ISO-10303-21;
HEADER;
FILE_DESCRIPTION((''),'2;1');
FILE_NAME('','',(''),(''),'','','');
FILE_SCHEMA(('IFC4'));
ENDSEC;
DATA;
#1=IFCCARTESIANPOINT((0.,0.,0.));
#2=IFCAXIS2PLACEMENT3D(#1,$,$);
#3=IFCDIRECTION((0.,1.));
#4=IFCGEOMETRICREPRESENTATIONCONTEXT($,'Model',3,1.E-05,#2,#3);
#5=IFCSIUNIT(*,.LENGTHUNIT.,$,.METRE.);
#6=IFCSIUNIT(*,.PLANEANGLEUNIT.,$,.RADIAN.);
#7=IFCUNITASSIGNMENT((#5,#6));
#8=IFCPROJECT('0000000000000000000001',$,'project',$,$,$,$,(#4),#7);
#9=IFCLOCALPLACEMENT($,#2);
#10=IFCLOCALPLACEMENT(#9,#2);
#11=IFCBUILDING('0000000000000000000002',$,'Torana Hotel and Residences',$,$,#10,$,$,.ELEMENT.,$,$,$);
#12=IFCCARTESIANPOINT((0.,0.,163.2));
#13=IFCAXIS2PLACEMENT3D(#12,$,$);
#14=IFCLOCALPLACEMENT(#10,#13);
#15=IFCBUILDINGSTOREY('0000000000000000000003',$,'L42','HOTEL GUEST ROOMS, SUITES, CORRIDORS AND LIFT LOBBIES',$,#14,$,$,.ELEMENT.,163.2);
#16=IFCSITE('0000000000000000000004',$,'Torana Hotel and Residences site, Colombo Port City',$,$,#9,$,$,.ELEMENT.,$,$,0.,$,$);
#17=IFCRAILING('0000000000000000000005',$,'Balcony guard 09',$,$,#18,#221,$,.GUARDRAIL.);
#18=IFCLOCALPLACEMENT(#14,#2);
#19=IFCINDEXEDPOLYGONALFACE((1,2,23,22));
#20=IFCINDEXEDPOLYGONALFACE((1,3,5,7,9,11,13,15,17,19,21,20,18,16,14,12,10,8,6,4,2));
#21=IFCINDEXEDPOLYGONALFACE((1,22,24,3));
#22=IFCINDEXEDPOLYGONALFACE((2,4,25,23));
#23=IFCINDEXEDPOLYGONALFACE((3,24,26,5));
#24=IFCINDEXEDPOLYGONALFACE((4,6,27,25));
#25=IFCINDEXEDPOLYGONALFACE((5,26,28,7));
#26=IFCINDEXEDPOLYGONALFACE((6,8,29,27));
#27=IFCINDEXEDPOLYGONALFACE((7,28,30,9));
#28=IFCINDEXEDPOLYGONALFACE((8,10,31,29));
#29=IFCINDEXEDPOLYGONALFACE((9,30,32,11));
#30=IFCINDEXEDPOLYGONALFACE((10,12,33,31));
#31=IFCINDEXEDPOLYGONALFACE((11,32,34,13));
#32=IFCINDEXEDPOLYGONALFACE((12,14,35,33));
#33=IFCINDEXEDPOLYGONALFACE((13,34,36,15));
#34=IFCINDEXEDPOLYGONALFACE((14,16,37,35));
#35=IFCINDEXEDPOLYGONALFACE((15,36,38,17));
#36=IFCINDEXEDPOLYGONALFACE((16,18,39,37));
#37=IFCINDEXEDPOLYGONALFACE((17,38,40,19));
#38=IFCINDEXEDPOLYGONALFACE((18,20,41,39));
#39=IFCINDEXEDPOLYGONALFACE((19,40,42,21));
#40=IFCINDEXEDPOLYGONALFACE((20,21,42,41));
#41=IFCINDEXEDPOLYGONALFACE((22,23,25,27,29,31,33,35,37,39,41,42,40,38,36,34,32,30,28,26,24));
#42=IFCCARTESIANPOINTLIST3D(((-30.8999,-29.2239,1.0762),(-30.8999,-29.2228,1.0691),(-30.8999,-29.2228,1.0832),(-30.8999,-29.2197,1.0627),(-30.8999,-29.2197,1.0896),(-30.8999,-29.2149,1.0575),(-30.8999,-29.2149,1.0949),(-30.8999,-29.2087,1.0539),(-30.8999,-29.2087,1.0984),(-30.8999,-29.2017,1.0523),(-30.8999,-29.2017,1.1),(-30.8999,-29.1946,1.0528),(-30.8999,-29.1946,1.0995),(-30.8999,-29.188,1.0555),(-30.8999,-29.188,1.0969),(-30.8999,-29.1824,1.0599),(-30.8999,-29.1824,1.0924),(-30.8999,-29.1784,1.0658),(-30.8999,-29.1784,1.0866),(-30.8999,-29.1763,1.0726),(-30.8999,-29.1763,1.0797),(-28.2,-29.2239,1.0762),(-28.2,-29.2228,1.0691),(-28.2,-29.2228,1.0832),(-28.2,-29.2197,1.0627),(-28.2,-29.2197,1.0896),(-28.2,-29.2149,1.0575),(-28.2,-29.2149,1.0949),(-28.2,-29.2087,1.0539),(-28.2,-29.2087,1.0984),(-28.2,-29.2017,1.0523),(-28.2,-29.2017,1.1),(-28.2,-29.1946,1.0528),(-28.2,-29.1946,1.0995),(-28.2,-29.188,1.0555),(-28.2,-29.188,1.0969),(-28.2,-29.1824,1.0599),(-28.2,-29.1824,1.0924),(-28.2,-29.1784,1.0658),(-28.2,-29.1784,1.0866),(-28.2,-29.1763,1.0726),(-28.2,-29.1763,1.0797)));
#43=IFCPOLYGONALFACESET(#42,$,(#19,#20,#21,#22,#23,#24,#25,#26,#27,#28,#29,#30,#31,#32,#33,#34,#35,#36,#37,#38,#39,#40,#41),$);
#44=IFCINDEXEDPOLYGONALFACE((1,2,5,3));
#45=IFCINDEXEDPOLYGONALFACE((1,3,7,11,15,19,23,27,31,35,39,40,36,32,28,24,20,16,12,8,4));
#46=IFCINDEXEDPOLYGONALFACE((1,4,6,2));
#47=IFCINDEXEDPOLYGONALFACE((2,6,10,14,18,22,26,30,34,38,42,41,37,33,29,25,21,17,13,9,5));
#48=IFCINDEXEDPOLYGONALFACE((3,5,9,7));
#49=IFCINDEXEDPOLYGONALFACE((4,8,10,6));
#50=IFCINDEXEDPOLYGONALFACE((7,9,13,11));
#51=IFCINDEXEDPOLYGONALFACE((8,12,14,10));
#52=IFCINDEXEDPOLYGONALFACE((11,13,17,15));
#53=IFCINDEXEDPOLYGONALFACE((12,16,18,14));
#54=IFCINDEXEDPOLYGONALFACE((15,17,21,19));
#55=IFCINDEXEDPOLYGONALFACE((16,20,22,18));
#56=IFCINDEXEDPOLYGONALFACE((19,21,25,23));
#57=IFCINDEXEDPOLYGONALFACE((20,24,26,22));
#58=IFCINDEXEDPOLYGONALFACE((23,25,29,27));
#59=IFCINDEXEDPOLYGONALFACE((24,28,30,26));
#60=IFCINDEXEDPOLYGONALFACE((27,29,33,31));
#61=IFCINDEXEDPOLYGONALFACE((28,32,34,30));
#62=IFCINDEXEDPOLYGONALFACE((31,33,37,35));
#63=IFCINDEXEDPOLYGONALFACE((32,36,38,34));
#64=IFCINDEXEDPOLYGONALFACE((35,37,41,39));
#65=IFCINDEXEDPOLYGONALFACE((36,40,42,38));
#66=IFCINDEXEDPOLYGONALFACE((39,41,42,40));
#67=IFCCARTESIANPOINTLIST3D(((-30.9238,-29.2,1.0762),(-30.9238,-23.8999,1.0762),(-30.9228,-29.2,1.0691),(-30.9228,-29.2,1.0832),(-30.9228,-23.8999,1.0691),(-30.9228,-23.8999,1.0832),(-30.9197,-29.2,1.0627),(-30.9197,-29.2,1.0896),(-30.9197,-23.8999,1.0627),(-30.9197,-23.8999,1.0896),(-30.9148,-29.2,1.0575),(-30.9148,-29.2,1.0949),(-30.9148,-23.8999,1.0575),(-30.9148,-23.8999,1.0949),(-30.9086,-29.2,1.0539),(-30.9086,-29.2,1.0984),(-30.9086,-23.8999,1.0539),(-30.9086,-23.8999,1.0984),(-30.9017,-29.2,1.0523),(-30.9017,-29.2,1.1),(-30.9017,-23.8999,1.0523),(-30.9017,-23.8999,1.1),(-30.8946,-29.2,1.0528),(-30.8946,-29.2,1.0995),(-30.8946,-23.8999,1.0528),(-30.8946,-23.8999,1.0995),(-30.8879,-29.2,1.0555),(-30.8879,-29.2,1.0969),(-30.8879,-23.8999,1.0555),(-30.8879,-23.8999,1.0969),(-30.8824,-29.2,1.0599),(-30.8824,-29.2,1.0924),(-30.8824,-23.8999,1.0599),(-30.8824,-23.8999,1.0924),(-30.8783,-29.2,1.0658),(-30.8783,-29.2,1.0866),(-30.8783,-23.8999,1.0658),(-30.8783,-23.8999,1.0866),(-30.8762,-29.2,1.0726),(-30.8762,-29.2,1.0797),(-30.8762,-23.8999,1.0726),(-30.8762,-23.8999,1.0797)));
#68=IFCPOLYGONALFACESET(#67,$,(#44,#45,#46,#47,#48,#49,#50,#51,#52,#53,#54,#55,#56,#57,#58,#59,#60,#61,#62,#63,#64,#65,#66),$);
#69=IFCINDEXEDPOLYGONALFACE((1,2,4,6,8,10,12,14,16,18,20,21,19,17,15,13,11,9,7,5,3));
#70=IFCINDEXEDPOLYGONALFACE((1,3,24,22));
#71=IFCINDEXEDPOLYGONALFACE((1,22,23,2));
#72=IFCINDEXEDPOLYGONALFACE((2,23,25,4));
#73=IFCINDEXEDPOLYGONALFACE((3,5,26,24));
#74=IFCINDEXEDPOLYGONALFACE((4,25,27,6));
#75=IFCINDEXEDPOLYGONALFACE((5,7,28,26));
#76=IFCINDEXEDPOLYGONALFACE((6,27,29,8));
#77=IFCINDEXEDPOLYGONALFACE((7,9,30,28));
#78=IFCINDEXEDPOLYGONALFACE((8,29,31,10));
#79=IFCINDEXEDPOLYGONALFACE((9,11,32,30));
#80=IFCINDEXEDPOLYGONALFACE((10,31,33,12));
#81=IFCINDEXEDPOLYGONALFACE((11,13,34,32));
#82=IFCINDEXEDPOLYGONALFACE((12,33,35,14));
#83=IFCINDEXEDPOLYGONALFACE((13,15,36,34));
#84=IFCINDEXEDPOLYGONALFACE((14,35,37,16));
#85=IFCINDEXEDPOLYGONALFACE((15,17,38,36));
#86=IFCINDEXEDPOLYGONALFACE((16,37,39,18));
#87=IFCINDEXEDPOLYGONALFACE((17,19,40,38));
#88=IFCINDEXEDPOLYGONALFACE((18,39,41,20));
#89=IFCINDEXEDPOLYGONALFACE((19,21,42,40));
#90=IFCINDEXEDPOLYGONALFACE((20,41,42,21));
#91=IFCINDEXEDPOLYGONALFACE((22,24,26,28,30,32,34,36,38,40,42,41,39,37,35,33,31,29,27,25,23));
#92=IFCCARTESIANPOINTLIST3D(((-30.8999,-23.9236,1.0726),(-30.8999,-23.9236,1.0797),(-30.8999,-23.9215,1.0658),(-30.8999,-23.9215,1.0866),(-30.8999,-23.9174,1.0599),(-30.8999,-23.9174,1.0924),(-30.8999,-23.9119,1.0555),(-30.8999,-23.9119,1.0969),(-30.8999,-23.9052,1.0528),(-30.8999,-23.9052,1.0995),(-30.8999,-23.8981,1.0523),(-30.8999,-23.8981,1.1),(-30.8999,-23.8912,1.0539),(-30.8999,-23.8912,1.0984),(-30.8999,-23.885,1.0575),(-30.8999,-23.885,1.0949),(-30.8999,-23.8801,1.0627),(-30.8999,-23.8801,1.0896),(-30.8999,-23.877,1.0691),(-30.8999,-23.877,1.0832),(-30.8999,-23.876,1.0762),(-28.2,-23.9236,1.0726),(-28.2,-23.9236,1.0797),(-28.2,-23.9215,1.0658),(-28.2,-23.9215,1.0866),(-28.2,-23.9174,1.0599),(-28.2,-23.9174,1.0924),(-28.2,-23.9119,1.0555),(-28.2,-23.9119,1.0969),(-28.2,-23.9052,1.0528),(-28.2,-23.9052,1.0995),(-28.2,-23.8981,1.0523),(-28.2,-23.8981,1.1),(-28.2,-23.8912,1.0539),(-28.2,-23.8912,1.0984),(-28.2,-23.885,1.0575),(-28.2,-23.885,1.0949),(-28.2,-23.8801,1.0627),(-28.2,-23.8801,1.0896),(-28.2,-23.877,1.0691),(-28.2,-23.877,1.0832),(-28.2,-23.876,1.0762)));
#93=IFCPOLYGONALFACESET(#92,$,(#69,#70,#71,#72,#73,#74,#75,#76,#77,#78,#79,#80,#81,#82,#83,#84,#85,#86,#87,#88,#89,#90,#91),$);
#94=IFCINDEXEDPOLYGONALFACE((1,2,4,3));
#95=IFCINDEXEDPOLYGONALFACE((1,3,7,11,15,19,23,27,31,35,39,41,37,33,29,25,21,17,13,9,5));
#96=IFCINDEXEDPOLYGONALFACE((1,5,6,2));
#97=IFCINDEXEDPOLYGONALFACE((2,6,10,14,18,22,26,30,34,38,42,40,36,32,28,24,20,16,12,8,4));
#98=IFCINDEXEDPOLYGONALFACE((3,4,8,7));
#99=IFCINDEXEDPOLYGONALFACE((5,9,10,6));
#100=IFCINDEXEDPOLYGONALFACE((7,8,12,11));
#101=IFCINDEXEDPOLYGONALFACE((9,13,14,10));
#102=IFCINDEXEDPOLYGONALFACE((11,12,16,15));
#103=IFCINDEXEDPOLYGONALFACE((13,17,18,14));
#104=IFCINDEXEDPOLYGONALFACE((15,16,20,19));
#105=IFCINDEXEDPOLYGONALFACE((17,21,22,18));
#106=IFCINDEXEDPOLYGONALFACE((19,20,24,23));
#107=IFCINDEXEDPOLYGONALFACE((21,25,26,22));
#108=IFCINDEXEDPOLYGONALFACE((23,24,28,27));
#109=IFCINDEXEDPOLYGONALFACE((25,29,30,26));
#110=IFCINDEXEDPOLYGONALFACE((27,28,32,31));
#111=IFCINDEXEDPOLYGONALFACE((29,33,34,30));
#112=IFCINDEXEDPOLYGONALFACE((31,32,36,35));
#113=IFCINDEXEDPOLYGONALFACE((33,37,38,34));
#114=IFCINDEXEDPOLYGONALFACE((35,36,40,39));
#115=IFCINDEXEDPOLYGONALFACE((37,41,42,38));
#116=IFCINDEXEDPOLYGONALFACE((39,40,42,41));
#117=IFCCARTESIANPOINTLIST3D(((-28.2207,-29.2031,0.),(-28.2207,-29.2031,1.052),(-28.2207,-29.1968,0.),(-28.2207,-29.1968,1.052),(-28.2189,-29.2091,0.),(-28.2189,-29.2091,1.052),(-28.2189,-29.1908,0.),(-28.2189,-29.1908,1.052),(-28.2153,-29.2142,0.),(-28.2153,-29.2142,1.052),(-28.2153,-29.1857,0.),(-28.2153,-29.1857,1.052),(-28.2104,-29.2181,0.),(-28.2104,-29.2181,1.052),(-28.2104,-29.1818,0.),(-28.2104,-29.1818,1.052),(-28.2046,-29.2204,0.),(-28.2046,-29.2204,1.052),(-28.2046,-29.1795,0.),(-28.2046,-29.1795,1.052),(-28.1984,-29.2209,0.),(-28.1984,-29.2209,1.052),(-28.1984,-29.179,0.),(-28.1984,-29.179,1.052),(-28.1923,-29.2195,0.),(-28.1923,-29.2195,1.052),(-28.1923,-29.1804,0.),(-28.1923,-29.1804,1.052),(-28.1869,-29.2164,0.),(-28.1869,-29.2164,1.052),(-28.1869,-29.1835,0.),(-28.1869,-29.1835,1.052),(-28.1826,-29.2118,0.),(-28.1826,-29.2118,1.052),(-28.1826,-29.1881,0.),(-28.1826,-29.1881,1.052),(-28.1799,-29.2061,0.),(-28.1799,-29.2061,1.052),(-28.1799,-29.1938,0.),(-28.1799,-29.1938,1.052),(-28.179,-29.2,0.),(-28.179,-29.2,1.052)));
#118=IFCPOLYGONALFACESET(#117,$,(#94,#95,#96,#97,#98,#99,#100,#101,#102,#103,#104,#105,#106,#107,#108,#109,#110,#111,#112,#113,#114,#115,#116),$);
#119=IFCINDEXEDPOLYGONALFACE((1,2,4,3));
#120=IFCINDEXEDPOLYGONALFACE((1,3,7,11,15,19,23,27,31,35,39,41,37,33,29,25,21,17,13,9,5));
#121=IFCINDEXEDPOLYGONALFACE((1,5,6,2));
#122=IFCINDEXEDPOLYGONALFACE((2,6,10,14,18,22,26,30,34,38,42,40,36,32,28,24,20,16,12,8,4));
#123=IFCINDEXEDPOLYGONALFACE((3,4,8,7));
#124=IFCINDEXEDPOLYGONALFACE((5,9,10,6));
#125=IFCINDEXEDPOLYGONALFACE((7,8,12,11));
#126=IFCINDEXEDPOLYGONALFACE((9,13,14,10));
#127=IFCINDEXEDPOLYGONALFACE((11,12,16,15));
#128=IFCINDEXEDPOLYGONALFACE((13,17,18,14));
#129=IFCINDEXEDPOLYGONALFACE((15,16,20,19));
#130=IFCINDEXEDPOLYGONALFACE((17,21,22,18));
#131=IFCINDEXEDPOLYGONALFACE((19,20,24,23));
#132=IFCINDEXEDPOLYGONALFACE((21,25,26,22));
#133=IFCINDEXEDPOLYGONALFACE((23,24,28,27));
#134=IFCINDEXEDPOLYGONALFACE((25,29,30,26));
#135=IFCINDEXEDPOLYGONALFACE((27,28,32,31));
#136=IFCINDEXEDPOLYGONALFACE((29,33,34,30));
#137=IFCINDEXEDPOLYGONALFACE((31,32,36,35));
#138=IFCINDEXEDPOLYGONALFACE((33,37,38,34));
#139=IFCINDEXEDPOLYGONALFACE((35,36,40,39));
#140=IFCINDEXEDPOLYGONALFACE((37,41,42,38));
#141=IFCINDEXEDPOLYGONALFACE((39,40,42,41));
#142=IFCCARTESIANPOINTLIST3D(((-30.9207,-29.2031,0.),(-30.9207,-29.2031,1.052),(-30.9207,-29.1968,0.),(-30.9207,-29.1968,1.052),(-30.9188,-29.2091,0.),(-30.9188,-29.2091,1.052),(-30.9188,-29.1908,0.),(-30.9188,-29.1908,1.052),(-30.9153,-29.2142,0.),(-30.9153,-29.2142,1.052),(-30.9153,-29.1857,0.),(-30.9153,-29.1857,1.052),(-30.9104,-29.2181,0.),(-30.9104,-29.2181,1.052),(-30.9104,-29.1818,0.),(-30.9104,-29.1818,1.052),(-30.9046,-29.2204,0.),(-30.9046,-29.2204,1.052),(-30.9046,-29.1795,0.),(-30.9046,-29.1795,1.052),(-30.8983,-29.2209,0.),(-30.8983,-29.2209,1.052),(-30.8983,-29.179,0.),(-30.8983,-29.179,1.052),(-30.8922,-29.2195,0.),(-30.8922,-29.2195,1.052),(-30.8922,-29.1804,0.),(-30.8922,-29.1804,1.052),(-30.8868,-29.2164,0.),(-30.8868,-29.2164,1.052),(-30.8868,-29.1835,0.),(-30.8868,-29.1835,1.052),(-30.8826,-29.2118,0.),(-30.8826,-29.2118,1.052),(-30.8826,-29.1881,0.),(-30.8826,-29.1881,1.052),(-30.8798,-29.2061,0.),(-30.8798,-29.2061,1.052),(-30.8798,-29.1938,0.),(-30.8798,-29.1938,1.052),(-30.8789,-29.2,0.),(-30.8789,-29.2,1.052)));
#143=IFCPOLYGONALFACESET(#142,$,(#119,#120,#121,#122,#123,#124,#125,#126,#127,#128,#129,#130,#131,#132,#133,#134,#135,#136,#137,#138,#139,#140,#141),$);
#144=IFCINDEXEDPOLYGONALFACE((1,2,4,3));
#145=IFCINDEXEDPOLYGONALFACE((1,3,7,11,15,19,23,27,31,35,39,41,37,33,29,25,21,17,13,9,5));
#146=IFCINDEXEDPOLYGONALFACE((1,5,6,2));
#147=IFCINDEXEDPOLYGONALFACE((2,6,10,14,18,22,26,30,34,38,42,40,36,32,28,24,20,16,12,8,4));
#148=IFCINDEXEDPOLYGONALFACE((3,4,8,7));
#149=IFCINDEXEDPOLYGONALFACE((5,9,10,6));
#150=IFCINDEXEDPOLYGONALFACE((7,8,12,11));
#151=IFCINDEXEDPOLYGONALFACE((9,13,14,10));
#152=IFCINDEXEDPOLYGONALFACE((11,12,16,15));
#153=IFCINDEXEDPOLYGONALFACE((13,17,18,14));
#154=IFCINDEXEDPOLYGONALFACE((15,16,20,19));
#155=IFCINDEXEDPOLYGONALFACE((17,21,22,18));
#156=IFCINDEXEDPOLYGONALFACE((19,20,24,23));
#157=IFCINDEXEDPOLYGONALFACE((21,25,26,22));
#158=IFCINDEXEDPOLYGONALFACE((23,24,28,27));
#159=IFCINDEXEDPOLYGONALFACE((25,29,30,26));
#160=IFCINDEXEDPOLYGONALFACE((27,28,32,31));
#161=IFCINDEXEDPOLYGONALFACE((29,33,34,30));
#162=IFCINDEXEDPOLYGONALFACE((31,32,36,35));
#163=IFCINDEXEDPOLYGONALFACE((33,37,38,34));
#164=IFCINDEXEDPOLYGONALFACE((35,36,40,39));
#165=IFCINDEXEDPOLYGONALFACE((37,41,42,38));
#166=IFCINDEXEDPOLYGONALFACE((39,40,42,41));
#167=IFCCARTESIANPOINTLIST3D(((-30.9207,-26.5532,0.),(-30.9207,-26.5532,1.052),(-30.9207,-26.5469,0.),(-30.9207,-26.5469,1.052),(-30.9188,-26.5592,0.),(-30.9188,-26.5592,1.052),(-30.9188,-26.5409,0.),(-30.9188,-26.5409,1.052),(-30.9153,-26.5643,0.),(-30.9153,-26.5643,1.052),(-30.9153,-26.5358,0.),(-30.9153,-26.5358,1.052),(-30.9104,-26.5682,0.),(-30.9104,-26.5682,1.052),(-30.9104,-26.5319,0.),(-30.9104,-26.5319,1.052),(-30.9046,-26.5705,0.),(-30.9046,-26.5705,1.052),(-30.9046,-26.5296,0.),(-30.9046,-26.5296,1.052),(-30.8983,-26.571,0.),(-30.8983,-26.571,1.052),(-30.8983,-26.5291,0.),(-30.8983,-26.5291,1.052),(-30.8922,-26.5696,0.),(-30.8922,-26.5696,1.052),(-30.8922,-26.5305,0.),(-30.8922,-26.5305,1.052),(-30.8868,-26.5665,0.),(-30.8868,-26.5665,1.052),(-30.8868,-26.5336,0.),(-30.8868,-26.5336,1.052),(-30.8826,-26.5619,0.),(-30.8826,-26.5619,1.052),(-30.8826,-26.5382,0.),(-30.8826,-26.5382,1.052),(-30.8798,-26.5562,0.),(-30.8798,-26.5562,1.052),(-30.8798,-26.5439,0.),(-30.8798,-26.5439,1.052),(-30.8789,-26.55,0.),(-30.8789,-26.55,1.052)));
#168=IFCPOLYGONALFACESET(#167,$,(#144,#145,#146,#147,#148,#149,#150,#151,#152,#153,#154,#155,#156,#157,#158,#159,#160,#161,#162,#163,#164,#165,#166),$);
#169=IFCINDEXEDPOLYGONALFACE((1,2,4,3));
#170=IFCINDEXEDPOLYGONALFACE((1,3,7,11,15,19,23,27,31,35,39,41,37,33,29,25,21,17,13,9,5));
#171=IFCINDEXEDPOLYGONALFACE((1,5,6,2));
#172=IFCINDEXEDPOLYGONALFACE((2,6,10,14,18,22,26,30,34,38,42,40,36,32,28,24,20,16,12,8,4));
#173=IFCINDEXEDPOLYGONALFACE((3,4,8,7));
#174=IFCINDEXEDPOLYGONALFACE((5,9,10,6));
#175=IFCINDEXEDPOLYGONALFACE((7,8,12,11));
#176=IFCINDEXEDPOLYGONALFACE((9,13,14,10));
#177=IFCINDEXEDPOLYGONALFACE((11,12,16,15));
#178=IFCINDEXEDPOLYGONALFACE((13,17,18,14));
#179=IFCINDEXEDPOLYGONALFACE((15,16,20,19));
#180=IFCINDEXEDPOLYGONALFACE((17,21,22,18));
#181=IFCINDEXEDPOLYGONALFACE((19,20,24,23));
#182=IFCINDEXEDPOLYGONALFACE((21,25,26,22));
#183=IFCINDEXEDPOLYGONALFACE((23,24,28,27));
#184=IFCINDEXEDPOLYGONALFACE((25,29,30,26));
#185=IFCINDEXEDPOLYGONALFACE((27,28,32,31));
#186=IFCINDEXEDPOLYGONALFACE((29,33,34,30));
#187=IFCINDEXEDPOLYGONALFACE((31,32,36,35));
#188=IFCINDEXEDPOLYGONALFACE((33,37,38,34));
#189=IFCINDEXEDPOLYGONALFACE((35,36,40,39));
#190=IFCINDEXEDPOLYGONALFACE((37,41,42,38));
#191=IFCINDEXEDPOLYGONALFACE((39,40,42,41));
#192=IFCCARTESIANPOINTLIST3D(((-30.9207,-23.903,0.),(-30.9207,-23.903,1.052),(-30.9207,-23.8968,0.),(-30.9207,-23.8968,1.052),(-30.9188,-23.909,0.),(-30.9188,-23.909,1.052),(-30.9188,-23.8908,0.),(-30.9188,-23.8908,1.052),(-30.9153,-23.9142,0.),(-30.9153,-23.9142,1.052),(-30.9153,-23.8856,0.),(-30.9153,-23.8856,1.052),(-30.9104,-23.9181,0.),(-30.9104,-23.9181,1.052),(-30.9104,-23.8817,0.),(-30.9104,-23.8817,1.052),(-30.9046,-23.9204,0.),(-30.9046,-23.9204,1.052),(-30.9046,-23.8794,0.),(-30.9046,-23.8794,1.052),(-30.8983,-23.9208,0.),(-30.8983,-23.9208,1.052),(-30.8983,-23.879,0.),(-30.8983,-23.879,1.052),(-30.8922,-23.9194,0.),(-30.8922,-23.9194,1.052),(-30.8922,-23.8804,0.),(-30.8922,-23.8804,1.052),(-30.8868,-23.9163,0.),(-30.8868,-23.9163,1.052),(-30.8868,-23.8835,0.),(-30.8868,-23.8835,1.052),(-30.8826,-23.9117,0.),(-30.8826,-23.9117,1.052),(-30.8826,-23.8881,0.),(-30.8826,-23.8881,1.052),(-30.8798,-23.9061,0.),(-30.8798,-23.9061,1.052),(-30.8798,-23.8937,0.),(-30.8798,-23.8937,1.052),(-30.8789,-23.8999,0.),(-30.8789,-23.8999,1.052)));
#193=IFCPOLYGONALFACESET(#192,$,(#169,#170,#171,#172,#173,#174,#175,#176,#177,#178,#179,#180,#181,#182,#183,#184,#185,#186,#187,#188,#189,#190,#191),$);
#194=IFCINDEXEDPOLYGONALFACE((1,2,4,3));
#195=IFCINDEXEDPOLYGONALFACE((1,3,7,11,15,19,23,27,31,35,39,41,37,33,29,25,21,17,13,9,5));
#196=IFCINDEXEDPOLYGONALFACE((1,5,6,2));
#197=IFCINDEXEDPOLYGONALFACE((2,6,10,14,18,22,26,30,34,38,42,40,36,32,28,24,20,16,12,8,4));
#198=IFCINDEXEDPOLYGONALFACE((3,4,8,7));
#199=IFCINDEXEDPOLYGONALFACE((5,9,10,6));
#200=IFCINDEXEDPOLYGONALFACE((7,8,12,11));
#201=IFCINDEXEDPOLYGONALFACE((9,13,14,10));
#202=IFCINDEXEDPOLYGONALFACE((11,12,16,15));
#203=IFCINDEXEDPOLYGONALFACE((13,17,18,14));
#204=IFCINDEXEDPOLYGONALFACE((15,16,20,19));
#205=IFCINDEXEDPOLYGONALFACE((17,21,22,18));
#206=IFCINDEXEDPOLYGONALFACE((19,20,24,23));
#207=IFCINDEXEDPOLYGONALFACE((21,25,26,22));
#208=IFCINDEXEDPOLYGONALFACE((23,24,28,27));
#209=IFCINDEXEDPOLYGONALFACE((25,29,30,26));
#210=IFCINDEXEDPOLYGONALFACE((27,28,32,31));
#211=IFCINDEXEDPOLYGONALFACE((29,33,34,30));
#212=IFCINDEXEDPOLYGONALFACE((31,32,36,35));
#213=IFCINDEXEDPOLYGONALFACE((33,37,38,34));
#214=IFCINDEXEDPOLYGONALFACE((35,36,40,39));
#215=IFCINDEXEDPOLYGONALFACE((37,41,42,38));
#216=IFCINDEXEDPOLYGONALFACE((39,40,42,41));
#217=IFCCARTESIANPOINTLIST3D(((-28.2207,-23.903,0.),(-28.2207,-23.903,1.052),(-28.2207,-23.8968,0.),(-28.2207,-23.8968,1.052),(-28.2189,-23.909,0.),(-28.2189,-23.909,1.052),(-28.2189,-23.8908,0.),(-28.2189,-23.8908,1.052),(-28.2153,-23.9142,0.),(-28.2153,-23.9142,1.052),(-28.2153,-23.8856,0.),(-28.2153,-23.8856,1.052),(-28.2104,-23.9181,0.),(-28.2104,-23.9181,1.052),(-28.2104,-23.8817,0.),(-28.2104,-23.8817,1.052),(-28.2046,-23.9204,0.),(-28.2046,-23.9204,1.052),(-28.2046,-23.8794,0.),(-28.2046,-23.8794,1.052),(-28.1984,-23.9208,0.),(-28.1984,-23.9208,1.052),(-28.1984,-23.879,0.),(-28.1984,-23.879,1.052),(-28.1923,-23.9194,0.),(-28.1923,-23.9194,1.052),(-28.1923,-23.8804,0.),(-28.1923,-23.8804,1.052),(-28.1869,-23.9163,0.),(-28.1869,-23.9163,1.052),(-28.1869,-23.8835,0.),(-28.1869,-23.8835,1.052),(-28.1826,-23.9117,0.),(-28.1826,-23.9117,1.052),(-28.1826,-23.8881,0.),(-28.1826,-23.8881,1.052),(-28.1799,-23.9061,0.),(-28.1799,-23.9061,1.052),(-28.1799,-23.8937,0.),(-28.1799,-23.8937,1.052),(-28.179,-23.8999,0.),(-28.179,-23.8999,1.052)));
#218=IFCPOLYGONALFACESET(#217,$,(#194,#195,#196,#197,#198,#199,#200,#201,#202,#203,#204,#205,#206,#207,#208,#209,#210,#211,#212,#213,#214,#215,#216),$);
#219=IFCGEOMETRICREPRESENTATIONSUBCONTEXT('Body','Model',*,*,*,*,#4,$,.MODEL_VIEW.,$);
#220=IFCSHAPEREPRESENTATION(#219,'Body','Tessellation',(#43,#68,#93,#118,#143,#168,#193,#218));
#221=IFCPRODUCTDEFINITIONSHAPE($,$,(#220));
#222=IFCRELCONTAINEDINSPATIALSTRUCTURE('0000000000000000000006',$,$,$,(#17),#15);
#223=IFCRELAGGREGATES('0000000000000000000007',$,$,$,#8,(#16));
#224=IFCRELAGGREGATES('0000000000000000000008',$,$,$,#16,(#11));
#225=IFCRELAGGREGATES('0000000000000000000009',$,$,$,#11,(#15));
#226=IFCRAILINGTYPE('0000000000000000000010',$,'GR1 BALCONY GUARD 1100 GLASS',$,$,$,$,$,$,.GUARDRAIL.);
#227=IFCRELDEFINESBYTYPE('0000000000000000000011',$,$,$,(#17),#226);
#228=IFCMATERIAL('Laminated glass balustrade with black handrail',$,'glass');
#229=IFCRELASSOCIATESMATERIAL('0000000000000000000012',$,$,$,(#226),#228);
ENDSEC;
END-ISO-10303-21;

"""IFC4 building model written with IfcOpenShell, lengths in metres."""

from ifc_helpers import new_model, si_unit, direction, frame, origin, origin_2d, place, context, subcontext, project, spatial, circle, extrude, material, type_object, element, save


model = new_model("IFC4")

# Units and contexts
model_context = context("Model", 3, precision=1e-05, world=origin(), true_north=direction((0.0, 1.0)))
body_context = subcontext(model_context, "Body", "Model", "MODEL_VIEW")
ifc_project = project(units=[si_unit("LENGTHUNIT", "METRE"), si_unit("PLANEANGLEUNIT", "RADIAN")], contexts=[model_context])

# Site, building, storey
site_placement = place(None, origin())
site = spatial("IfcSite", under=ifc_project, at=site_placement, Name="Torana Hotel and Residences site, Colombo Port City", CompositionType="ELEMENT", RefElevation=0.0)
building_placement = place(site_placement, origin())
building = spatial("IfcBuilding", under=site, at=building_placement, Name="Torana Hotel and Residences", CompositionType="ELEMENT")
storey_placement = place(building_placement, frame((0.0, 0.0, 163.2)))
storey = spatial("IfcBuildingStorey", under=building, at=storey_placement, Name="L42", Description="HOTEL GUEST ROOMS, SUITES, CORRIDORS AND LIFT LOBBIES", CompositionType="ELEMENT", Elevation=163.2)

# Railing
ifc_material_1 = material(Name="Laminated glass balustrade with black handrail", Category="glass")
railing_type = type_object("IfcRailingType", Name="GR1 BALCONY GUARD 1100 GLASS", PredefinedType="GUARDRAIL", material=ifc_material_1)
railing_placement = place(storey_placement, frame((-28.2, -29.2, 0.0)))
element("IfcRailing", 1, at=railing_placement, inside=storey, type_object=railing_type, Name="Balcony guard 09", PredefinedType="GUARDRAIL", context=body_context, shape_type="SweptSolid", body=[
    extrude(circle(Radius=0.0239, at=origin_2d()), frame((0.0, 0.0, 1.0762), z_axis=(-1.0, 0.0, 0.0), x_axis=(0.0, -1.0, 0.0)), (0.0, 0.0, 1.0), 2.7),
    extrude(circle(Radius=0.0239, at=origin_2d()), frame((-2.7, 0.0, 1.0762), z_axis=(0.0, 1.0, 0.0), x_axis=(-1.0, 0.0, 0.0)), (0.0, 0.0, 1.0), 5.3),
    extrude(circle(Radius=0.0239, at=origin_2d()), frame((-2.7, 5.3, 1.0762), z_axis=(1.0, 0.0, 0.0), x_axis=(0.0, 1.0, 0.0)), (0.0, 0.0, 1.0), 2.7),
    extrude(circle(Radius=0.021, at=origin_2d()), origin(), (0.0, 0.0, 1.0), 1.052),
    extrude(circle(Radius=0.021, at=origin_2d()), frame((-2.7, 0.0, 0.0)), (0.0, 0.0, 1.0), 1.052),
    extrude(circle(Radius=0.021, at=origin_2d()), frame((-2.7, 2.6499, 0.0)), (0.0, 0.0, 1.0), 1.052),
    extrude(circle(Radius=0.021, at=origin_2d()), frame((-2.7, 5.3, 0.0)), (0.0, 0.0, 1.0), 1.052),
    extrude(circle(Radius=0.021, at=origin_2d()), frame((0.0, 5.3, 0.0)), (0.0, 0.0, 1.0), 1.052),
])

save(model, "model.ifc")
